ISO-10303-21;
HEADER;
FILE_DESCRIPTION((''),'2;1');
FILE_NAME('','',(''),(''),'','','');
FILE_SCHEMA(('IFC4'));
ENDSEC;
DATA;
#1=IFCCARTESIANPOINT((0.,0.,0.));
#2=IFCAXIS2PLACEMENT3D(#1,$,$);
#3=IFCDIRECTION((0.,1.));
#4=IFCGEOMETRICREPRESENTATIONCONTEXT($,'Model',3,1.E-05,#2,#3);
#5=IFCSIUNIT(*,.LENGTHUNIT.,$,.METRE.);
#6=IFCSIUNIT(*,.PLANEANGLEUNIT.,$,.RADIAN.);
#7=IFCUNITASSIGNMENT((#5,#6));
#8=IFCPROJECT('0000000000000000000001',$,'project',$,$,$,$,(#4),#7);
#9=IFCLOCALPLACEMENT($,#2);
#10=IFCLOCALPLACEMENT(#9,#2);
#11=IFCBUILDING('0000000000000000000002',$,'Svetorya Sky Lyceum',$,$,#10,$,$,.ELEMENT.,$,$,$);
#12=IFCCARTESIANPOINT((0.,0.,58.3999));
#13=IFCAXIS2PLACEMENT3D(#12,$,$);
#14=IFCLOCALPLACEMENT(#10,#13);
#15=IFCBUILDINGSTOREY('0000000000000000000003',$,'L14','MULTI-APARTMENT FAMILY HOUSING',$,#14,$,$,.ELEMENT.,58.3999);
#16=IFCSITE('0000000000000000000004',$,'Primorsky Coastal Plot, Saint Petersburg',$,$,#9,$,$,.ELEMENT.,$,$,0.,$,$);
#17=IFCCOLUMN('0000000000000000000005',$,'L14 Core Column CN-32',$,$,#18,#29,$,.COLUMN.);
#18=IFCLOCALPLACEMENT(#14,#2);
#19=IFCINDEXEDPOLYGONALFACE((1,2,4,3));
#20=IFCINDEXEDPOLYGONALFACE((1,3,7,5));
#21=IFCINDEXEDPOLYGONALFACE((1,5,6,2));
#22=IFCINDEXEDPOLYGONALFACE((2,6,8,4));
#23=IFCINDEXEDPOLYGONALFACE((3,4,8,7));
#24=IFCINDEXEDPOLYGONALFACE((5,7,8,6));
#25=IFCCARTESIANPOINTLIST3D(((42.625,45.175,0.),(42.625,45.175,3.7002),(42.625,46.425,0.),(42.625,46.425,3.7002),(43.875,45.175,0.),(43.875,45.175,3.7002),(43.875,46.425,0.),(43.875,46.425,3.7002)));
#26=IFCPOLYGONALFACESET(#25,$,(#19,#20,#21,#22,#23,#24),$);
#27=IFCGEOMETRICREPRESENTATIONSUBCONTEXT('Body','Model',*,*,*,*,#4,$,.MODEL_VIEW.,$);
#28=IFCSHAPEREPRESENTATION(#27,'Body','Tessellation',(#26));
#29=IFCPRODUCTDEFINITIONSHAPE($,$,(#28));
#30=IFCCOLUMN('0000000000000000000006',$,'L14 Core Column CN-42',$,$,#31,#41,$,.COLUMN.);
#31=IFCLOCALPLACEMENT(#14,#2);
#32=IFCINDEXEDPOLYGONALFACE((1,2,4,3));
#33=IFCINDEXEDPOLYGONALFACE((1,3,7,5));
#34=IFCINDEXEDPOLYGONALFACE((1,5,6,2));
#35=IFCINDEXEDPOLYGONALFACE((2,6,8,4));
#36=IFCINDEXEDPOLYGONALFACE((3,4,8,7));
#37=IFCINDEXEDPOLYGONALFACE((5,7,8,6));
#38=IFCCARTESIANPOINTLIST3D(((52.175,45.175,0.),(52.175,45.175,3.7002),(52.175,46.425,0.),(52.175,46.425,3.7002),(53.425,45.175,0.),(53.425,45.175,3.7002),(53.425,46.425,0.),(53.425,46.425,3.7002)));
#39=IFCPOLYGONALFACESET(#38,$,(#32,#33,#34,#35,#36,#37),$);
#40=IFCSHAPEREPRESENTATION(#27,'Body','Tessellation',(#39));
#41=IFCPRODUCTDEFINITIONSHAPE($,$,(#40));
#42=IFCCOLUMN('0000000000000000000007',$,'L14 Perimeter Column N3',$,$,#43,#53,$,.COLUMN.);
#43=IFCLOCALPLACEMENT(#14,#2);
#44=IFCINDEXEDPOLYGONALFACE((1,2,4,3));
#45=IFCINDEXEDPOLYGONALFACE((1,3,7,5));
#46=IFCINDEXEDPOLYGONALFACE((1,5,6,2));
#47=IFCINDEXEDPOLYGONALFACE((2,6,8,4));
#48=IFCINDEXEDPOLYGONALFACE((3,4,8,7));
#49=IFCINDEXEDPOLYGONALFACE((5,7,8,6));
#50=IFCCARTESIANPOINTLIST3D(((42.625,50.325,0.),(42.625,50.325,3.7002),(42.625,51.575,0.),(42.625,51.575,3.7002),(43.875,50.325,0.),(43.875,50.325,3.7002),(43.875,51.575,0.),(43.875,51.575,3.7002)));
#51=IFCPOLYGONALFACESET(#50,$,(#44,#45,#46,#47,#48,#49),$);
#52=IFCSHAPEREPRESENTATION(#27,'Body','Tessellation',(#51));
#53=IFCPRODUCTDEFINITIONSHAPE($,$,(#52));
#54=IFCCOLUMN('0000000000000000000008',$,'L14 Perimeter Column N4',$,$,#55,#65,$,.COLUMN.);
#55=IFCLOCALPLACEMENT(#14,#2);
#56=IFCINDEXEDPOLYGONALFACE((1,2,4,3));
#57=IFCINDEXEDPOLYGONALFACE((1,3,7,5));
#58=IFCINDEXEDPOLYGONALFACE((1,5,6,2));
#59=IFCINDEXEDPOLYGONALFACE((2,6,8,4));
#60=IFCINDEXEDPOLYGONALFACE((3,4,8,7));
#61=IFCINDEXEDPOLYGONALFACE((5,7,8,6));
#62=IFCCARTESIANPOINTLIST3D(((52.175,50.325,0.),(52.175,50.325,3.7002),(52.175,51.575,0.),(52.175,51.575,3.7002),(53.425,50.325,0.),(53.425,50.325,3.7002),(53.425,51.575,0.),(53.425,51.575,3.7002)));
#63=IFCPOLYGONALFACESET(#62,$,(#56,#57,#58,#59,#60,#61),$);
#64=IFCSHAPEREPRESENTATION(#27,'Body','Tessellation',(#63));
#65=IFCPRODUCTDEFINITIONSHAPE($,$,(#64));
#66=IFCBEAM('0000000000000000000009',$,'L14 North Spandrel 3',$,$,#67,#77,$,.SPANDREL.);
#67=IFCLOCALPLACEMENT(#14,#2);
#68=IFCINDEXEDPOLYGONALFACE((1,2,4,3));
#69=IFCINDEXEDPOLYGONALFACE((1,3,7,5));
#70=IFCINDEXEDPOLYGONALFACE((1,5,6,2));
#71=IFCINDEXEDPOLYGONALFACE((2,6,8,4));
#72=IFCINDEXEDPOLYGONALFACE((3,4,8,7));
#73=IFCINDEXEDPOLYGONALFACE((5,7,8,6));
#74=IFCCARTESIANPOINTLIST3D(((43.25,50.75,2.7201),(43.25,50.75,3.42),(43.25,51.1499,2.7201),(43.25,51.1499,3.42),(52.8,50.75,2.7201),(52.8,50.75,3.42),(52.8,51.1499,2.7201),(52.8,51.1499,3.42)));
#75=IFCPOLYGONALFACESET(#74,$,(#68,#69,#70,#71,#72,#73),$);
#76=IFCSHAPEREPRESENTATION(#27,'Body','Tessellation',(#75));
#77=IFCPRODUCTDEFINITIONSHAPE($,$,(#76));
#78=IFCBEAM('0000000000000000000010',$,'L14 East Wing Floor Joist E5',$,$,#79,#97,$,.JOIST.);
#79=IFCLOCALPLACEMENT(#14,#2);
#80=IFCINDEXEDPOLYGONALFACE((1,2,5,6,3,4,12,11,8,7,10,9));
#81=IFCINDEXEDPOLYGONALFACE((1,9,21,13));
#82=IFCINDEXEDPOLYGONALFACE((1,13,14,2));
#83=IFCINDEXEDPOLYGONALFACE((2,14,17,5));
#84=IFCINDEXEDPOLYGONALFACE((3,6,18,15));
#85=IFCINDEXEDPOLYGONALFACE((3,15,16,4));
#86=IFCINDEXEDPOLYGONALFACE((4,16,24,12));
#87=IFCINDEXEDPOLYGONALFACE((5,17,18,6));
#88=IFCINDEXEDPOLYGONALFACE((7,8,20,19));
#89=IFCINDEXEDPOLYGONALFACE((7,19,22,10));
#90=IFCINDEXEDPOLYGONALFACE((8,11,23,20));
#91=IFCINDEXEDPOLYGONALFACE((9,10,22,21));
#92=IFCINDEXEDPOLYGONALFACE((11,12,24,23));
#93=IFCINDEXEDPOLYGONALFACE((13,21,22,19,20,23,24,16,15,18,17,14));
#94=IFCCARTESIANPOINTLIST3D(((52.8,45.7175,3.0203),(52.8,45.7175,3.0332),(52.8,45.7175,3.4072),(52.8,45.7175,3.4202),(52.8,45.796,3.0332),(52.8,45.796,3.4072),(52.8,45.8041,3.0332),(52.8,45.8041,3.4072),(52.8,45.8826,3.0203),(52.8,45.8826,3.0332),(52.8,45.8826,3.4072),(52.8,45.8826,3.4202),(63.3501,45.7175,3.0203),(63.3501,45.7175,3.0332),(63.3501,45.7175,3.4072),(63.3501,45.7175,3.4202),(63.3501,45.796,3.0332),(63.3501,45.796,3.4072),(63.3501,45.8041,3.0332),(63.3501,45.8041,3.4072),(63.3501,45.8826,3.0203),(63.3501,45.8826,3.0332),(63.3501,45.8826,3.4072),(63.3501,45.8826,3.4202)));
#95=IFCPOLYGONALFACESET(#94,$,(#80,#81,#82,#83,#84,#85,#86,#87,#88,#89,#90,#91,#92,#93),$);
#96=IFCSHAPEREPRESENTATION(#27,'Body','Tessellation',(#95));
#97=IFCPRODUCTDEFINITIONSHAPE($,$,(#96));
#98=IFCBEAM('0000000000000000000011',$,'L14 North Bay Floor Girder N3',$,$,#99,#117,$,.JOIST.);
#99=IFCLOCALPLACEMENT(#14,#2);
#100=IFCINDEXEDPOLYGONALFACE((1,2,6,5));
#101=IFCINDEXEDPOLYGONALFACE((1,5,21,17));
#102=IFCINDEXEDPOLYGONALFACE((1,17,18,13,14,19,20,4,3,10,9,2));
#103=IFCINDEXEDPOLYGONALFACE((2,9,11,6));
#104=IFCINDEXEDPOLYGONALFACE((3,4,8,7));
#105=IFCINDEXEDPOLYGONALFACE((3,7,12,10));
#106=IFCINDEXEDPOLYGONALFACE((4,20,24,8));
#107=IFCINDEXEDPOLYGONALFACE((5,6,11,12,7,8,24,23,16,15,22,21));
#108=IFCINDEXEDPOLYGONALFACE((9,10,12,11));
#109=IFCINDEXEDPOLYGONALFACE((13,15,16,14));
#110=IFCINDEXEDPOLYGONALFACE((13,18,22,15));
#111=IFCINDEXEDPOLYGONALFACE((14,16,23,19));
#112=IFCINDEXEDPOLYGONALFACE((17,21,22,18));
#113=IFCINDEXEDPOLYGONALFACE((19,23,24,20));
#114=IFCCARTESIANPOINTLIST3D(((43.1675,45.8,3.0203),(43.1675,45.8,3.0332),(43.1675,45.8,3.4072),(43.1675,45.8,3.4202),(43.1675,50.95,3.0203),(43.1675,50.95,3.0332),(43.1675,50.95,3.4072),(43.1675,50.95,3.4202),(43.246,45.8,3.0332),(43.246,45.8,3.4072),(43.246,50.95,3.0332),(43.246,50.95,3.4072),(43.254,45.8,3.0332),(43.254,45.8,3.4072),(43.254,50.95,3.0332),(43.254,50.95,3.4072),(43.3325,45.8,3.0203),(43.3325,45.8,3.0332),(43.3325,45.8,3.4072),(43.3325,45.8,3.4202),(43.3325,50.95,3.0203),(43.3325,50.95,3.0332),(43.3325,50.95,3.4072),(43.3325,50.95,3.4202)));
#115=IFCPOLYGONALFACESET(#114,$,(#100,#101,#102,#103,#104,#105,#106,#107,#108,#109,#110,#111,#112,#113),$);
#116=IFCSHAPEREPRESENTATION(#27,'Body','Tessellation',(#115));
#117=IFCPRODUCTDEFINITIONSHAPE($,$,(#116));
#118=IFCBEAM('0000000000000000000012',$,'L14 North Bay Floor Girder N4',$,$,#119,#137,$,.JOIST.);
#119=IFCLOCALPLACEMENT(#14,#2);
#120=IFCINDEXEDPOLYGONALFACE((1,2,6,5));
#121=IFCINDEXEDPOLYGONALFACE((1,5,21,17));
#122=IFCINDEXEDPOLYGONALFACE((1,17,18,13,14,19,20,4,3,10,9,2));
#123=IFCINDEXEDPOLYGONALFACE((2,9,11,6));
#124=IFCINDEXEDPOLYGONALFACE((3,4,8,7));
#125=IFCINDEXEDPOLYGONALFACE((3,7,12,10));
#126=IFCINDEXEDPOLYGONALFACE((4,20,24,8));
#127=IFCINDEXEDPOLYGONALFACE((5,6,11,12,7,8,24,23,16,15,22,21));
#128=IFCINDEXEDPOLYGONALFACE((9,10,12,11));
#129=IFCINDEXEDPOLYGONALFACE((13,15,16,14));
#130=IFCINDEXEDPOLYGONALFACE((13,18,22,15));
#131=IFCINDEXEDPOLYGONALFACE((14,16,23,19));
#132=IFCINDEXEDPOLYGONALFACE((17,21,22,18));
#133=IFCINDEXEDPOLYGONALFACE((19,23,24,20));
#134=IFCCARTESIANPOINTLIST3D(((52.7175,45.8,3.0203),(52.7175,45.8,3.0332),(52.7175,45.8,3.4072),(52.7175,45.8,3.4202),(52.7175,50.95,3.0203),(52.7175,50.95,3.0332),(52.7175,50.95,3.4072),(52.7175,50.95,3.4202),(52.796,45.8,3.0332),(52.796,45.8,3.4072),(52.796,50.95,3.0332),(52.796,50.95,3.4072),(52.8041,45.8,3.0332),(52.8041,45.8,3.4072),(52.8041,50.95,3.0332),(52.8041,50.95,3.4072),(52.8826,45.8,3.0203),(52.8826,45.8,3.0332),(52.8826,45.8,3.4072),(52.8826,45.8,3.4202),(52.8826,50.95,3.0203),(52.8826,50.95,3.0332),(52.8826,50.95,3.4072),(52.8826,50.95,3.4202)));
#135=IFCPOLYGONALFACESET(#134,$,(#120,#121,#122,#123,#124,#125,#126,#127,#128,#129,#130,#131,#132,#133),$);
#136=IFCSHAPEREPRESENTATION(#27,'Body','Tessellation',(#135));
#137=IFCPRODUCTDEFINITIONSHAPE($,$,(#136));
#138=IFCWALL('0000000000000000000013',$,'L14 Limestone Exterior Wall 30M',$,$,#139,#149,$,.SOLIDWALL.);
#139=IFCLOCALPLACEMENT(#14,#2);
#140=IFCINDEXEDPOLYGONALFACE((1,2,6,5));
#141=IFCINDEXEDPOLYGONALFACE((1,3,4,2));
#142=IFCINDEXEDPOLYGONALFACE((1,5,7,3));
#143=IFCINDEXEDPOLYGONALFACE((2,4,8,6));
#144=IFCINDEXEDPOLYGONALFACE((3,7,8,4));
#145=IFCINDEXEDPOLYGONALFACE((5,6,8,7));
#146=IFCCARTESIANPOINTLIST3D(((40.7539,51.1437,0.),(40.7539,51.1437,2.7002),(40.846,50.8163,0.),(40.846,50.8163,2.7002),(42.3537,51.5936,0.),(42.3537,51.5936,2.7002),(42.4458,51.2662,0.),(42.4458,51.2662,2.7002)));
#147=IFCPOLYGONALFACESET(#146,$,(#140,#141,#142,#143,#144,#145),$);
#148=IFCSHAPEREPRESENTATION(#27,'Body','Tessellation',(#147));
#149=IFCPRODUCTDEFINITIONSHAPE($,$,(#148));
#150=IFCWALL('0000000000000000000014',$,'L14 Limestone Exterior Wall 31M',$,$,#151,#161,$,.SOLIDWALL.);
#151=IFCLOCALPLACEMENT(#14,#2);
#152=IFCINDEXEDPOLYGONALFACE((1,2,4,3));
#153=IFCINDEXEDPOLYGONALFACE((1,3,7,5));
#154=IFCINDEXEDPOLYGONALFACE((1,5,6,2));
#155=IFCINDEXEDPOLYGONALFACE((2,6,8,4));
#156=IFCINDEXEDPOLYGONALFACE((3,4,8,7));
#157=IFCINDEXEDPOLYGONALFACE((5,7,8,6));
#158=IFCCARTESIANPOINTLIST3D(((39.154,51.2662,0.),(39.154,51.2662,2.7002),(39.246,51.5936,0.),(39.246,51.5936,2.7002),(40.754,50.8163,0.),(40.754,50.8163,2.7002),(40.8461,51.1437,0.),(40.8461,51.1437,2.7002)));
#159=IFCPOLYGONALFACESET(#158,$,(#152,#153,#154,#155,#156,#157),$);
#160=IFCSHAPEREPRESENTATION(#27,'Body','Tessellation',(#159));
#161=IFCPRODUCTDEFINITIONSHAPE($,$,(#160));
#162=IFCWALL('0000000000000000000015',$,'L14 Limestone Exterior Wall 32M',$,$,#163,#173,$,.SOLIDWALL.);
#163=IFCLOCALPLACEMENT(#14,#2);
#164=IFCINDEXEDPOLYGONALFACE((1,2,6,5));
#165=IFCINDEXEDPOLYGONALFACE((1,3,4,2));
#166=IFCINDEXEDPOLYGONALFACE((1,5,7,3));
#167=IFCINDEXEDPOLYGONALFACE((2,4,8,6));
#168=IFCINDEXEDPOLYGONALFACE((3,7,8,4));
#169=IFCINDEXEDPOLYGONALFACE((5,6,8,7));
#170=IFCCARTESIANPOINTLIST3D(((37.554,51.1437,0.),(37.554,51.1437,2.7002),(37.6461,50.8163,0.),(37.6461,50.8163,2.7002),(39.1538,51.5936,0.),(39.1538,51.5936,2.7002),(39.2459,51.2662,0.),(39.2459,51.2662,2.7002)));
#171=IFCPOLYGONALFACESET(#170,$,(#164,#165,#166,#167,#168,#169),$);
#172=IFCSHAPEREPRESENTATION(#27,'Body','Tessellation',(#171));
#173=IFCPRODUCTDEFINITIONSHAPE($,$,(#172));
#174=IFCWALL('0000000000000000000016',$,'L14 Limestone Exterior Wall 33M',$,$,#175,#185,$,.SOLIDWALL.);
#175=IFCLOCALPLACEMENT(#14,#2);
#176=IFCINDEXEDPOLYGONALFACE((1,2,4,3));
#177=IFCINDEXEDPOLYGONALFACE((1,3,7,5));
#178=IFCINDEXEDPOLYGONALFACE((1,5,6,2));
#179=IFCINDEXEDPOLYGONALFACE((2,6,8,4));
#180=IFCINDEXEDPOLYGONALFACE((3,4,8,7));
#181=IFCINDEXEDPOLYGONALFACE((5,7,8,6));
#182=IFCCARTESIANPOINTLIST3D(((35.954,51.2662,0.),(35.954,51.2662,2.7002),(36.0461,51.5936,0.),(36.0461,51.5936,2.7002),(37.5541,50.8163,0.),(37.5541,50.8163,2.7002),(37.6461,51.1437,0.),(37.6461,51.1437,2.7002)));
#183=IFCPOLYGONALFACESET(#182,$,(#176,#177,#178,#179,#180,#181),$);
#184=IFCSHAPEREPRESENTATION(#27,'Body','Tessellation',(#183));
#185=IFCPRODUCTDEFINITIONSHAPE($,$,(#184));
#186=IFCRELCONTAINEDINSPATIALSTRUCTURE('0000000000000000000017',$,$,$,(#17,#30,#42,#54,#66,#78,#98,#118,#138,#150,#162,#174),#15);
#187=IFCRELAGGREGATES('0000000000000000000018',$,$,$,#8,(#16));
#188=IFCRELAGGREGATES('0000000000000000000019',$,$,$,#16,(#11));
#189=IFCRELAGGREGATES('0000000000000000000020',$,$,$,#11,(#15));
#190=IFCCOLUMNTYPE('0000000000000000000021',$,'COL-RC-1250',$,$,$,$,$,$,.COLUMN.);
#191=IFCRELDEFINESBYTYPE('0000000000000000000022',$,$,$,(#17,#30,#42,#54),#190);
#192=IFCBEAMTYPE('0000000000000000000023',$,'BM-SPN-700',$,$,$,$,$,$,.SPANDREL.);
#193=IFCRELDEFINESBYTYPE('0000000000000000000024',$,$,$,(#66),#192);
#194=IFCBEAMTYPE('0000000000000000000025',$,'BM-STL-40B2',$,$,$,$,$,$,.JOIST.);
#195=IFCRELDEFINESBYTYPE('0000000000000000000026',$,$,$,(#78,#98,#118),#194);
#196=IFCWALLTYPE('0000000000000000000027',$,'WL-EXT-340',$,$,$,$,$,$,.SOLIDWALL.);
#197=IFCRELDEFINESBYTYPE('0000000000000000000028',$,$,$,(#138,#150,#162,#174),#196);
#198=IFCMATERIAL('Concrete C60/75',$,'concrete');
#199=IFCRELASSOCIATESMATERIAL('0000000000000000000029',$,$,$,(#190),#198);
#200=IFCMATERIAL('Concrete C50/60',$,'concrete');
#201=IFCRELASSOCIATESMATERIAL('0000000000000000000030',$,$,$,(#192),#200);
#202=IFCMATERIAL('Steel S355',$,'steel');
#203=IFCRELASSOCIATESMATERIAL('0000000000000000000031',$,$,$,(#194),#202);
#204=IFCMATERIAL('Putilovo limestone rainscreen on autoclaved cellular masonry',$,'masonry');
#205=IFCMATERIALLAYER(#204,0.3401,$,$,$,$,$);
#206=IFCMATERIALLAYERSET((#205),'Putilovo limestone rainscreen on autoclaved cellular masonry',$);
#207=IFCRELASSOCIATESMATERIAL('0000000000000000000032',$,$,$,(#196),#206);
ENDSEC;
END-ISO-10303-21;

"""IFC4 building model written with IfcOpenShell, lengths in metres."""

from ifc_helpers import new_model, si_unit, direction, frame, frame_2d, origin, origin_2d, place, context, subcontext, project, spatial, rectangle, i_section, extrude, material, layer, layer_set, material_profile, profile_set, type_object, element, save


model = new_model("IFC4")

# Units and contexts
model_context = context("Model", 3, precision=1e-05, world=origin(), true_north=direction((0.0, 1.0)))
body_context = subcontext(model_context, "Body", "Model", "MODEL_VIEW")
ifc_project = project(units=[si_unit("LENGTHUNIT", "METRE"), si_unit("PLANEANGLEUNIT", "RADIAN")], contexts=[model_context])

# Site, building, storey
site_placement = place(None, origin())
site = spatial("IfcSite", under=ifc_project, at=site_placement, Name="Primorsky Coastal Plot, Saint Petersburg", CompositionType="ELEMENT", RefElevation=0.0)
building_placement = place(site_placement, origin())
building = spatial("IfcBuilding", under=site, at=building_placement, Name="Svetorya Sky Lyceum", CompositionType="ELEMENT")
storey_placement = place(building_placement, frame((0.0, 0.0, 58.3999)))
storey = spatial("IfcBuildingStorey", under=building, at=storey_placement, Name="L14", Description="MULTI-APARTMENT FAMILY HOUSING", CompositionType="ELEMENT", Elevation=58.3999)

# Columns
ifc_material_1 = material(Name="Concrete C60/75", Category="concrete")
ifc_material_profile_1 = material_profile(ifc_material_1, rectangle(XDim=1.25, YDim=1.25, at=origin_2d()), Name="RC COL 1250x1250")
ifc_profile_set_1 = profile_set([ifc_material_profile_1], Name="Concrete C60/75")
column_type = type_object("IfcColumnType", Name="COL-RC-1250", PredefinedType="COLUMN", material=ifc_profile_set_1)
for number, where, z_axis, x_axis, name in (
    (1, (43.25, 45.8, 0.0), (0.0, 0.0, 1.0), (1.0, 0.0, 0.0), "L14 Core Column CN-32"),
    (2, (52.8, 45.8, 0.0), (0.0, 0.0, 1.0), (1.0, 0.0, 0.0), "L14 Core Column CN-42"),
    (3, (43.25, 50.95, 0.0), (0.0, 0.0, 1.0), (1.0, 0.0, 0.0), "L14 Perimeter Column N3"),
    (4, (52.8, 50.95, 0.0), (0.0, 0.0, 1.0), (1.0, 0.0, 0.0), "L14 Perimeter Column N4"),
):
    element("IfcColumn", number, at=place(storey_placement, frame(where, z_axis=z_axis, x_axis=x_axis)), inside=storey, type_object=column_type, Name=name, PredefinedType="COLUMN", context=body_context, shape_type="SweptSolid", body=[
        extrude(rectangle(XDim=1.25, YDim=1.25, at=origin_2d()), origin(), (0.0, 0.0, 1.0), 3.7002),
    ])

# Beams
ifc_material_2 = material(Name="Concrete C50/60", Category="concrete")
ifc_material_profile_2 = material_profile(ifc_material_2, rectangle(XDim=0.3999, YDim=0.7, at=origin_2d()), Name="RC SPANDREL 400x700")
ifc_profile_set_2 = profile_set([ifc_material_profile_2], Name="Concrete C50/60")
beam_type_1 = type_object("IfcBeamType", Name="BM-SPN-700", PredefinedType="SPANDREL", material=ifc_profile_set_2)
beam_1_placement = place(storey_placement, frame((43.25, 50.95, 3.0701), z_axis=(1.0, 0.0, 0.0), x_axis=(0.0, 1.0, 0.0)))
element("IfcBeam", 5, at=beam_1_placement, inside=storey, type_object=beam_type_1, Name="L14 North Spandrel 3", PredefinedType="SPANDREL", context=body_context, shape_type="SweptSolid", body=[
    extrude(rectangle(XDim=0.3999, YDim=0.7, at=origin_2d()), origin(), (0.0, 0.0, 1.0), 9.55),
])
ifc_material_3 = material(Name="Steel S355", Category="steel")
ifc_material_profile_3 = material_profile(ifc_material_3, i_section(OverallWidth=0.165, OverallDepth=0.3999, WebThickness=0.0081, FlangeThickness=0.0129, at=origin_2d()), Name="GOST 40B2")
ifc_profile_set_3 = profile_set([ifc_material_profile_3], Name="Steel S355")
beam_type_2 = type_object("IfcBeamType", Name="BM-STL-40B2", PredefinedType="JOIST", material=ifc_profile_set_3)
beam_2_placement = place(storey_placement, frame((52.8, 45.8, 3.2202), z_axis=(1.0, 0.0, 0.0), x_axis=(0.0, 1.0, 0.0)))
element("IfcBeam", 6, at=beam_2_placement, inside=storey, type_object=beam_type_2, Name="L14 East Wing Floor Joist E5", PredefinedType="JOIST", context=body_context, shape_type="SweptSolid", body=[
    extrude(i_section(OverallWidth=0.165, OverallDepth=0.3999, WebThickness=0.0081, FlangeThickness=0.0129, at=origin_2d()), origin(), (0.0, 0.0, 1.0), 10.55),
])
for number, where, z_axis, x_axis, name in (
    (7, (43.25, 45.8, 3.2202), (0.0, 1.0, 0.0), (-1.0, 0.0, 0.0), "L14 North Bay Floor Girder N3"),
    (8, (52.8, 45.8, 3.2202), (0.0, 1.0, 0.0), (-1.0, 0.0, 0.0), "L14 North Bay Floor Girder N4"),
):
    element("IfcBeam", number, at=place(storey_placement, frame(where, z_axis=z_axis, x_axis=x_axis)), inside=storey, type_object=beam_type_2, Name=name, PredefinedType="JOIST", context=body_context, shape_type="SweptSolid", body=[
        extrude(i_section(OverallWidth=0.165, OverallDepth=0.3999, WebThickness=0.0081, FlangeThickness=0.0129, at=origin_2d()), origin(), (0.0, 0.0, 1.0), 5.1499),
    ])

# Walls
ifc_material_4 = material(Name="Putilovo limestone rainscreen on autoclaved cellular masonry", Category="masonry")
ifc_layer_1 = layer(ifc_material_4, 0.3401)
ifc_layer_set_1 = layer_set([ifc_layer_1], Name="Putilovo limestone rainscreen on autoclaved cellular masonry")
wall_type_1 = type_object("IfcWallType", Name="WL-EXT-340", PredefinedType="SOLIDWALL", material=ifc_layer_set_1)
wall_1_placement = place(storey_placement, frame((42.3999, 51.4299, 0.0), z_axis=(0.0, 0.0, 1.0), x_axis=(-0.962652, -0.270741, 0.0)))
element("IfcWall", 9, at=wall_1_placement, inside=storey, type_object=wall_type_1, Name="L14 Limestone Exterior Wall 30M", PredefinedType="SOLIDWALL", context=body_context, shape_type="SweptSolid", body=[
    extrude(rectangle(XDim=1.6619, YDim=0.3401, at=frame_2d((0.8311, 0.0))), origin(), (0.0, 0.0, 1.0), 2.7002),
])
wall_2_placement = place(storey_placement, frame((40.8, 50.98, 0.0), z_axis=(0.0, 0.0, 1.0), x_axis=(-0.962663, 0.270703, 0.0)))
element("IfcWall", 10, at=wall_2_placement, inside=storey, type_object=wall_type_1, Name="L14 Limestone Exterior Wall 31M", PredefinedType="SOLIDWALL", context=body_context, shape_type="SweptSolid", body=[
    extrude(rectangle(XDim=1.6621, YDim=0.3401, at=frame_2d((0.8311, 0.0))), origin(), (0.0, 0.0, 1.0), 2.7002),
])
wall_3_placement = place(storey_placement, frame((39.2, 51.4299, 0.0), z_axis=(0.0, 0.0, 1.0), x_axis=(-0.962652, -0.270741, 0.0)))
element("IfcWall", 11, at=wall_3_placement, inside=storey, type_object=wall_type_1, Name="L14 Limestone Exterior Wall 32M", PredefinedType="SOLIDWALL", context=body_context, shape_type="SweptSolid", body=[
    extrude(rectangle(XDim=1.6619, YDim=0.3401, at=frame_2d((0.8311, 0.0))), origin(), (0.0, 0.0, 1.0), 2.7002),
])
wall_4_placement = place(storey_placement, frame((37.6001, 50.98, 0.0), z_axis=(0.0, 0.0, 1.0), x_axis=(-0.962663, 0.270703, 0.0)))
element("IfcWall", 12, at=wall_4_placement, inside=storey, type_object=wall_type_1, Name="L14 Limestone Exterior Wall 33M", PredefinedType="SOLIDWALL", context=body_context, shape_type="SweptSolid", body=[
    extrude(rectangle(XDim=1.6621, YDim=0.3401, at=frame_2d((0.8311, 0.0))), origin(), (0.0, 0.0, 1.0), 2.7002),
])

save(model, "model.ifc")
